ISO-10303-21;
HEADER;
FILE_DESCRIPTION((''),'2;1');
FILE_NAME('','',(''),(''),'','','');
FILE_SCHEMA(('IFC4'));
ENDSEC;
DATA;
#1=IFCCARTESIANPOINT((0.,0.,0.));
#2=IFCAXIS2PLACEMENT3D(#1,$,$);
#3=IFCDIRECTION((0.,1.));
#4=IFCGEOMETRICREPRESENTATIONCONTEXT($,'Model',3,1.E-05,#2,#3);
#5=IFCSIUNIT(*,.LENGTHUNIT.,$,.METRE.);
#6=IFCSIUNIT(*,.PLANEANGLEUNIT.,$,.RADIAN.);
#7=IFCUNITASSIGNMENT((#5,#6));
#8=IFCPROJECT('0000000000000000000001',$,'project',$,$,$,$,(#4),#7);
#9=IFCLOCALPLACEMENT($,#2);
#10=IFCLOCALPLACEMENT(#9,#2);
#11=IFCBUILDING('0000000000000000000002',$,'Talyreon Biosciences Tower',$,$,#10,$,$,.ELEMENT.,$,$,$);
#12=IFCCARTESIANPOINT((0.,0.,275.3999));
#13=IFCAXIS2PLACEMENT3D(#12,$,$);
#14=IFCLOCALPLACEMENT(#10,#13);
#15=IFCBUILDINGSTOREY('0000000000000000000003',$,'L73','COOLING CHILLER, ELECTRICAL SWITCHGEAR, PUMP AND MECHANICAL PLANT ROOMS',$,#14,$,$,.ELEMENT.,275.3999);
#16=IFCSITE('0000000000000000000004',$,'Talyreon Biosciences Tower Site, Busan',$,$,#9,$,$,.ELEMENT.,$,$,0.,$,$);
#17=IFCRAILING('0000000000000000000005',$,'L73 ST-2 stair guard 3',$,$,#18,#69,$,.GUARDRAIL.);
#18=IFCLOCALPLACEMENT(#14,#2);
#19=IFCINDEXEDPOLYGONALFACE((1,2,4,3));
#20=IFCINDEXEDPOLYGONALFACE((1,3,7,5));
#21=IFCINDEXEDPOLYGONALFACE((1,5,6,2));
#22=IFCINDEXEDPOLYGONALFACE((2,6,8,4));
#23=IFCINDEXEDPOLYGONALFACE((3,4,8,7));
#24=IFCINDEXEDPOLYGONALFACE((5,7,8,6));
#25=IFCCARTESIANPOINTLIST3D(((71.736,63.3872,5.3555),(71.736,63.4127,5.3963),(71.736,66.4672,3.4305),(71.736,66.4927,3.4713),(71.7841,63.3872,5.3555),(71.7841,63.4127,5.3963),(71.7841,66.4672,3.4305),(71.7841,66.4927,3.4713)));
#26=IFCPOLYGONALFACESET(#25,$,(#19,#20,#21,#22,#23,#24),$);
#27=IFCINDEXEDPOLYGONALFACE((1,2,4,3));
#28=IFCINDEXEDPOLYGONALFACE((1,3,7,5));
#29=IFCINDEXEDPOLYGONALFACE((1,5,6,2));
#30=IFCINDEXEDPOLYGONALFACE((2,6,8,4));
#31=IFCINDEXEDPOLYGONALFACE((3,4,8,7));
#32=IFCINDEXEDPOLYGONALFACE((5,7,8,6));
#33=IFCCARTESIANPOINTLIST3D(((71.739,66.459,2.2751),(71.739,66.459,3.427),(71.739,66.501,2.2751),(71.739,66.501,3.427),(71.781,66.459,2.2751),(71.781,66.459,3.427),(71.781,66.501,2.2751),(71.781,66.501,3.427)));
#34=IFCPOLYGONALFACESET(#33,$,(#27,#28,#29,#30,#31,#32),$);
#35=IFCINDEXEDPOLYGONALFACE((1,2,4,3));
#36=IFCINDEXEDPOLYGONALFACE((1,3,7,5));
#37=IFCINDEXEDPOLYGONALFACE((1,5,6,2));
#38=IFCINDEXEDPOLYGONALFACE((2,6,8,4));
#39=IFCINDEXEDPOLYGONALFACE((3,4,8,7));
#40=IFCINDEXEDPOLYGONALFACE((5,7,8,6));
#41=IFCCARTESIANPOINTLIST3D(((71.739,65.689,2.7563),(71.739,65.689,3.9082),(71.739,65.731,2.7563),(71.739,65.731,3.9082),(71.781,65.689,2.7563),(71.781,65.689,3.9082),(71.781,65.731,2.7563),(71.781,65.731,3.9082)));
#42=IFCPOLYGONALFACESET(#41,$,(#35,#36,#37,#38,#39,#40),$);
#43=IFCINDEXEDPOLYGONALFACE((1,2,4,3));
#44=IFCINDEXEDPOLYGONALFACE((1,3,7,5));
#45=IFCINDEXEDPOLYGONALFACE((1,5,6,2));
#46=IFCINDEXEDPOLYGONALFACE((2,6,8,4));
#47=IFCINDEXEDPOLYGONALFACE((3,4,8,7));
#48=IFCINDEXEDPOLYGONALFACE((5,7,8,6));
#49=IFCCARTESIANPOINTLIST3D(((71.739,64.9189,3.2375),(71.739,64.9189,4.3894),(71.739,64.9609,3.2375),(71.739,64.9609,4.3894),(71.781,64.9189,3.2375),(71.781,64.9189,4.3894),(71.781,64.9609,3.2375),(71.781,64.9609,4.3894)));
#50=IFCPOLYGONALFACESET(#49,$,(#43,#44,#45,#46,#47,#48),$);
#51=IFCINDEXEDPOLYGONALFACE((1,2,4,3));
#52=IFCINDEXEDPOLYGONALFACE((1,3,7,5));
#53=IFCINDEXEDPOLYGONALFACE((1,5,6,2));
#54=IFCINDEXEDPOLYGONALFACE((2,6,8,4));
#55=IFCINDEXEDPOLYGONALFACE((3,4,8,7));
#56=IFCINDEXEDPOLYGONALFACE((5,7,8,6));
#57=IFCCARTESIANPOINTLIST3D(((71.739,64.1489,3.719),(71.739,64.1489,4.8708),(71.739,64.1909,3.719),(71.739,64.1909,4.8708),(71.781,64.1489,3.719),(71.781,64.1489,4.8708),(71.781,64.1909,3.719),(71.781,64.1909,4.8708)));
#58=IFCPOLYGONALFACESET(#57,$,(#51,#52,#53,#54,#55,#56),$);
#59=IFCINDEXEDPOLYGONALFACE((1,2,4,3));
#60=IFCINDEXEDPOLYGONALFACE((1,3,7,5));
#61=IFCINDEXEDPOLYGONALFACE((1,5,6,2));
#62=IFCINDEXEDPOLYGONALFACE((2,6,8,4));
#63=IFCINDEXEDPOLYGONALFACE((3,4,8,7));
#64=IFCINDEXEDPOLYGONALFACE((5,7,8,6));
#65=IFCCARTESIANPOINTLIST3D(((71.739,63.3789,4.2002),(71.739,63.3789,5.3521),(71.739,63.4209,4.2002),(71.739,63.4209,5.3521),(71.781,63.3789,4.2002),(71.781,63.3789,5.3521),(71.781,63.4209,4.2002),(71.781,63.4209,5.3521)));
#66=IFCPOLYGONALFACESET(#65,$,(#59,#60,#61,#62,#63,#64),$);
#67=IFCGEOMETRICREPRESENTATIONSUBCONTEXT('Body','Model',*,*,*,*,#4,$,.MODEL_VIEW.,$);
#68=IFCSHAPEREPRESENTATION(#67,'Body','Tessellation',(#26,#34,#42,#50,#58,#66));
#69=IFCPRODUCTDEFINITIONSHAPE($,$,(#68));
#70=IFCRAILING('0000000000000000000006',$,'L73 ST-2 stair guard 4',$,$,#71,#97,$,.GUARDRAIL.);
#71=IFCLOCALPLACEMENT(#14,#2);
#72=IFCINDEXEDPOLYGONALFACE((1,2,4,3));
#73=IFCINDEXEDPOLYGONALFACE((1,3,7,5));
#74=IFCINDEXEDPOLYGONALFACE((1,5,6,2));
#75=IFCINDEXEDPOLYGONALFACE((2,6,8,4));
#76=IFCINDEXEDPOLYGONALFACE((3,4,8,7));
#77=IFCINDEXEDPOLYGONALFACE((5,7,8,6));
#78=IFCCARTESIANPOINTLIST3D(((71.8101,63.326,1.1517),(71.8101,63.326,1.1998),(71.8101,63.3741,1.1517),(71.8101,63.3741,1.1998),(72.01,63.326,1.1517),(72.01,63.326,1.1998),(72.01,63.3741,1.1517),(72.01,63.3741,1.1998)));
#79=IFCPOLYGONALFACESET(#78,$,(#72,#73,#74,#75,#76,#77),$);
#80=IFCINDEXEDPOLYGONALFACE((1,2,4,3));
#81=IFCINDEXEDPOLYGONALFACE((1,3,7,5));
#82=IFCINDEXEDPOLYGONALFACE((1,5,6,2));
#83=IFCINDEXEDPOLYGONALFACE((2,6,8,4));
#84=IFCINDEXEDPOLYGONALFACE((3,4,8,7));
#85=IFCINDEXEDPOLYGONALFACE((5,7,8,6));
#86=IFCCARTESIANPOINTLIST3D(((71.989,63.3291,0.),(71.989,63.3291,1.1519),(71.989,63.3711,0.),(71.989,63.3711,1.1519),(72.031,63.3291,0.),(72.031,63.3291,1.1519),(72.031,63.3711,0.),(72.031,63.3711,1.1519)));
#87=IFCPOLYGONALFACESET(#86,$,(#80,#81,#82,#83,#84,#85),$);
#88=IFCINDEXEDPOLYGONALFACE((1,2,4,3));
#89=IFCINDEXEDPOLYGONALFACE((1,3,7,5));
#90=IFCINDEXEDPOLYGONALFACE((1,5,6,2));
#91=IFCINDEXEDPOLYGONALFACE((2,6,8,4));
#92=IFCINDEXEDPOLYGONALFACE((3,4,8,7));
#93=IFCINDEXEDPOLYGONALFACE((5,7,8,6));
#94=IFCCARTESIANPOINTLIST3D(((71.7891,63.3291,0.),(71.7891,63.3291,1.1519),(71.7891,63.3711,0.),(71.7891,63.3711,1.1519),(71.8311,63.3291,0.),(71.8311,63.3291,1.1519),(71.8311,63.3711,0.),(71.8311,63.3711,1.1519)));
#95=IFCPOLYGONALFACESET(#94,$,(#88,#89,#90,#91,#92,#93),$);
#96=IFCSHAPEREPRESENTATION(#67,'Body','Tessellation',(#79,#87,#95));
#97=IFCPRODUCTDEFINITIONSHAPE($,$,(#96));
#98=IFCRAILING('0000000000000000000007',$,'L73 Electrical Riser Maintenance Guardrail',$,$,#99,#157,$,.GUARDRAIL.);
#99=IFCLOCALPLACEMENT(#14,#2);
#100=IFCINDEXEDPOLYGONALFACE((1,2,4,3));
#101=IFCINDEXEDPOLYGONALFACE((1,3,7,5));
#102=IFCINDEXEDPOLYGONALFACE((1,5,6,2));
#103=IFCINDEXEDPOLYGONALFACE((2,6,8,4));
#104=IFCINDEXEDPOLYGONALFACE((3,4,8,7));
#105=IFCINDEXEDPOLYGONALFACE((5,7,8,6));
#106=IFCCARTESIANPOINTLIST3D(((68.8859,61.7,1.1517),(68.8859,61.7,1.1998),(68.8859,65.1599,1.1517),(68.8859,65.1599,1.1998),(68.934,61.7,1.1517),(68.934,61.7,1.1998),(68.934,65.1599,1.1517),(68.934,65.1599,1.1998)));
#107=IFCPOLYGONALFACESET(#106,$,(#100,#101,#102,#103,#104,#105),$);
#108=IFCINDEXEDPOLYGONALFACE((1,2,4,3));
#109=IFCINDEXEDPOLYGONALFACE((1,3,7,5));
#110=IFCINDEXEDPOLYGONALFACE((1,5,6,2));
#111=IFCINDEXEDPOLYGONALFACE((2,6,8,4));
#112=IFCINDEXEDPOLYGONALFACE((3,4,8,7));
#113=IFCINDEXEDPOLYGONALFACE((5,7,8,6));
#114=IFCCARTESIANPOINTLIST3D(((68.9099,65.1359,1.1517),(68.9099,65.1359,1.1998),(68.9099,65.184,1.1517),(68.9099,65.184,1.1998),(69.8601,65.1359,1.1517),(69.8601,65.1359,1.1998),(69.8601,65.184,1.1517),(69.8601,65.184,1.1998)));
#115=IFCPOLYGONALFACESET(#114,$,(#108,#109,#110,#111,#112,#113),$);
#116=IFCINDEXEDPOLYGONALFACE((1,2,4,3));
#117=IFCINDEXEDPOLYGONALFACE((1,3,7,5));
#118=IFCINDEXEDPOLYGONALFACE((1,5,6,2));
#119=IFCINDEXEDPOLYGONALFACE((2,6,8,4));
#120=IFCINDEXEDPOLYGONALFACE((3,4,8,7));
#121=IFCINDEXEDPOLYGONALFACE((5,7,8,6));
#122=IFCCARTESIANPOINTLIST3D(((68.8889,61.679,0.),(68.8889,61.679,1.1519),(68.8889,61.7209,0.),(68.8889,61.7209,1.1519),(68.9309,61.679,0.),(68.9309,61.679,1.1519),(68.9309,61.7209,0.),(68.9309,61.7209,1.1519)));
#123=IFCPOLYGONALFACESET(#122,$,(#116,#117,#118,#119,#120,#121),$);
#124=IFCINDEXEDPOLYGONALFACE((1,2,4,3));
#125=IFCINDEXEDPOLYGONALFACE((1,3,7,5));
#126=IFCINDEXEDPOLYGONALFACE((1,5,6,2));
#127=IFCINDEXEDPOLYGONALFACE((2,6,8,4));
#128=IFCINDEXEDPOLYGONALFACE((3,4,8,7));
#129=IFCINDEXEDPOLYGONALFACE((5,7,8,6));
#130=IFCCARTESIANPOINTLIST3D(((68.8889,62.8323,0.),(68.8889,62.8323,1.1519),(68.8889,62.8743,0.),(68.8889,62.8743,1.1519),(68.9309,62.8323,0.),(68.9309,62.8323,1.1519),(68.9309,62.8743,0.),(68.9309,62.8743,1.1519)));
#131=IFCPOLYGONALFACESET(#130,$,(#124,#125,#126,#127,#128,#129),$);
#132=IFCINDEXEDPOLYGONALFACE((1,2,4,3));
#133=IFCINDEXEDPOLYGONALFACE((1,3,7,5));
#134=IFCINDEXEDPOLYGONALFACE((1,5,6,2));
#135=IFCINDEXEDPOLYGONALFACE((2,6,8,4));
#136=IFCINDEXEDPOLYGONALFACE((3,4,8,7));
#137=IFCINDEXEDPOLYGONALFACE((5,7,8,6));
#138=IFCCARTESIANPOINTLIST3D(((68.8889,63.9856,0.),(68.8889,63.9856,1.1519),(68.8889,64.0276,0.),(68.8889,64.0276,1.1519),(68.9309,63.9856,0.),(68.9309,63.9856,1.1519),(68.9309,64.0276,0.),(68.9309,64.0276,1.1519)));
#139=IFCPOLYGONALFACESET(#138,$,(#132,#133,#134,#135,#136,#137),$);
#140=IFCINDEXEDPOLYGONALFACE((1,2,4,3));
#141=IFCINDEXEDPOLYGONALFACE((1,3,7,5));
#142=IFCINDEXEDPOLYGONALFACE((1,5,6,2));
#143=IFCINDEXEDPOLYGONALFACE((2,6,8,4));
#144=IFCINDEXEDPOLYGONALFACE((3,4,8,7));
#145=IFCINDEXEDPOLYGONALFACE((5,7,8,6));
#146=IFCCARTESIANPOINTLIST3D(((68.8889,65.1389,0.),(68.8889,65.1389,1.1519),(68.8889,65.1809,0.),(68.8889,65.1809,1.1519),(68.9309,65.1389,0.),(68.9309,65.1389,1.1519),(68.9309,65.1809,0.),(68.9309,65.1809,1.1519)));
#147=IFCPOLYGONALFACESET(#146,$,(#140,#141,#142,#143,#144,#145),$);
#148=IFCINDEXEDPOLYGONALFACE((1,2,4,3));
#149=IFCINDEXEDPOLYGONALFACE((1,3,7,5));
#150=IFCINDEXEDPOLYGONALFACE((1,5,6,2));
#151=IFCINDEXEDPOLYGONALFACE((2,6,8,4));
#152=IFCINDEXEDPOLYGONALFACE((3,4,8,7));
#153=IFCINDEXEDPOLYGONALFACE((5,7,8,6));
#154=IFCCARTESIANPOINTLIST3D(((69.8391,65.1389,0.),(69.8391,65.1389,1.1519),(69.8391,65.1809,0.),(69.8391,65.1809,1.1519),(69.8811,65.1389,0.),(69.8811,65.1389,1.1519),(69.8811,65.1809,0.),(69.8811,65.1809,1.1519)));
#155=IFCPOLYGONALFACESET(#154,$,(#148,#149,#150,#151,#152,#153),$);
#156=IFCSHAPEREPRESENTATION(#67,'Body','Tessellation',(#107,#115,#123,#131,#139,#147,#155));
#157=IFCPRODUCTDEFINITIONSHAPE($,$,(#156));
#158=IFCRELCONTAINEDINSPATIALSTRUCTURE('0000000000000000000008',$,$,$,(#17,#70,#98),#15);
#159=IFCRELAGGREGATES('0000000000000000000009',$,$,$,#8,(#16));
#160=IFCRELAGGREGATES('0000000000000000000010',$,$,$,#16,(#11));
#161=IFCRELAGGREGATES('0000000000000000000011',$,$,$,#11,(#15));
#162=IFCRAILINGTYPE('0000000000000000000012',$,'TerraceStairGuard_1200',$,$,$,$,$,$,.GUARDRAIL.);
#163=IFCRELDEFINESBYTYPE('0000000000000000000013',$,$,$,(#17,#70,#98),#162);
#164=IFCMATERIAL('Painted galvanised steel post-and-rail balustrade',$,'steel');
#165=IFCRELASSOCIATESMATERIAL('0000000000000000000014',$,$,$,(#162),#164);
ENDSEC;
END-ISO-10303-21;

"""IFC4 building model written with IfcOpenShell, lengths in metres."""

from ifc_helpers import new_model, si_unit, direction, frame, origin, origin_2d, place, context, subcontext, project, spatial, rectangle, extrude, material, type_object, element, save


model = new_model("IFC4")

# Units and contexts
model_context = context("Model", 3, precision=1e-05, world=origin(), true_north=direction((0.0, 1.0)))
body_context = subcontext(model_context, "Body", "Model", "MODEL_VIEW")
ifc_project = project(units=[si_unit("LENGTHUNIT", "METRE"), si_unit("PLANEANGLEUNIT", "RADIAN")], contexts=[model_context])

# Site, building, storey
site_placement = place(None, origin())
site = spatial("IfcSite", under=ifc_project, at=site_placement, Name="Talyreon Biosciences Tower Site, Busan", CompositionType="ELEMENT", RefElevation=0.0)
building_placement = place(site_placement, origin())
building = spatial("IfcBuilding", under=site, at=building_placement, Name="Talyreon Biosciences Tower", CompositionType="ELEMENT")
storey_placement = place(building_placement, frame((0.0, 0.0, 275.3999)))
storey = spatial("IfcBuildingStorey", under=building, at=storey_placement, Name="L73", Description="COOLING CHILLER, ELECTRICAL SWITCHGEAR, PUMP AND MECHANICAL PLANT ROOMS", CompositionType="ELEMENT", Elevation=275.3999)

# Railings
ifc_material_1 = material(Name="Painted galvanised steel post-and-rail balustrade", Category="steel")
railing_type_1 = type_object("IfcRailingType", Name="TerraceStairGuard_1200", PredefinedType="GUARDRAIL", material=ifc_material_1)
railing_1_placement = place(storey_placement, frame((71.76, 66.48, 2.2751)))
element("IfcRailing", 1, at=railing_1_placement, inside=storey, type_object=railing_type_1, Name="L73 ST-2 stair guard 3", PredefinedType="GUARDRAIL", context=body_context, shape_type="SweptSolid", body=[
    extrude(rectangle(XDim=0.0481, YDim=0.0481, at=origin_2d()), frame((0.0, 0.0, 1.1758), z_axis=(0.0, -0.847998, 0.529999), x_axis=(1.0, 0.0, 0.0)), (0.0, 0.0, 1.0), 3.6321),
    extrude(rectangle(XDim=0.042, YDim=0.042, at=origin_2d()), origin(), (0.0, 0.0, 1.0), 1.1519),
    extrude(rectangle(XDim=0.042, YDim=0.042, at=origin_2d()), frame((0.0, -0.77, 0.4812)), (0.0, 0.0, 1.0), 1.1519),
    extrude(rectangle(XDim=0.042, YDim=0.042, at=origin_2d()), frame((0.0, -1.54, 0.9624)), (0.0, 0.0, 1.0), 1.1519),
    extrude(rectangle(XDim=0.042, YDim=0.042, at=origin_2d()), frame((0.0, -2.3101, 1.4438)), (0.0, 0.0, 1.0), 1.1519),
    extrude(rectangle(XDim=0.042, YDim=0.042, at=origin_2d()), frame((0.0, -3.0801, 1.925)), (0.0, 0.0, 1.0), 1.1519),
])
railing_2_placement = place(storey_placement, frame((72.01, 63.3501, 0.0)))
element("IfcRailing", 2, at=railing_2_placement, inside=storey, type_object=railing_type_1, Name="L73 ST-2 stair guard 4", PredefinedType="GUARDRAIL", context=body_context, shape_type="SweptSolid", body=[
    extrude(rectangle(XDim=0.0481, YDim=0.0481, at=origin_2d()), frame((0.0, 0.0, 1.1758), z_axis=(-1.0, 0.0, 0.0), x_axis=(0.0, -1.0, 0.0)), (0.0, 0.0, 1.0), 0.2),
    extrude(rectangle(XDim=0.042, YDim=0.042, at=origin_2d()), origin(), (0.0, 0.0, 1.0), 1.1519),
    extrude(rectangle(XDim=0.042, YDim=0.042, at=origin_2d()), frame((-0.2, 0.0, 0.0)), (0.0, 0.0, 1.0), 1.1519),
])
railing_3_placement = place(storey_placement, frame((68.9099, 61.7, 0.0)))
element("IfcRailing", 3, at=railing_3_placement, inside=storey, type_object=railing_type_1, Name="L73 Electrical Riser Maintenance Guardrail", PredefinedType="GUARDRAIL", context=body_context, shape_type="SweptSolid", body=[
    extrude(rectangle(XDim=0.0481, YDim=0.0481, at=origin_2d()), frame((0.0, 0.0, 1.1758), z_axis=(0.0, 1.0, 0.0), x_axis=(-1.0, 0.0, 0.0)), (0.0, 0.0, 1.0), 3.46),
    extrude(rectangle(XDim=0.0481, YDim=0.0481, at=origin_2d()), frame((0.0, 3.46, 1.1758), z_axis=(1.0, 0.0, 0.0), x_axis=(0.0, 1.0, 0.0)), (0.0, 0.0, 1.0), 0.9502),
    extrude(rectangle(XDim=0.042, YDim=0.042, at=origin_2d()), origin(), (0.0, 0.0, 1.0), 1.1519),
    extrude(rectangle(XDim=0.042, YDim=0.042, at=origin_2d()), frame((0.0, 1.1533, 0.0)), (0.0, 0.0, 1.0), 1.1519),
    extrude(rectangle(XDim=0.042, YDim=0.042, at=origin_2d()), frame((0.0, 2.3066, 0.0)), (0.0, 0.0, 1.0), 1.1519),
    extrude(rectangle(XDim=0.042, YDim=0.042, at=origin_2d()), frame((0.0, 3.46, 0.0)), (0.0, 0.0, 1.0), 1.1519),
    extrude(rectangle(XDim=0.042, YDim=0.042, at=origin_2d()), frame((0.9502, 3.46, 0.0)), (0.0, 0.0, 1.0), 1.1519),
])

save(model, "model.ifc")
